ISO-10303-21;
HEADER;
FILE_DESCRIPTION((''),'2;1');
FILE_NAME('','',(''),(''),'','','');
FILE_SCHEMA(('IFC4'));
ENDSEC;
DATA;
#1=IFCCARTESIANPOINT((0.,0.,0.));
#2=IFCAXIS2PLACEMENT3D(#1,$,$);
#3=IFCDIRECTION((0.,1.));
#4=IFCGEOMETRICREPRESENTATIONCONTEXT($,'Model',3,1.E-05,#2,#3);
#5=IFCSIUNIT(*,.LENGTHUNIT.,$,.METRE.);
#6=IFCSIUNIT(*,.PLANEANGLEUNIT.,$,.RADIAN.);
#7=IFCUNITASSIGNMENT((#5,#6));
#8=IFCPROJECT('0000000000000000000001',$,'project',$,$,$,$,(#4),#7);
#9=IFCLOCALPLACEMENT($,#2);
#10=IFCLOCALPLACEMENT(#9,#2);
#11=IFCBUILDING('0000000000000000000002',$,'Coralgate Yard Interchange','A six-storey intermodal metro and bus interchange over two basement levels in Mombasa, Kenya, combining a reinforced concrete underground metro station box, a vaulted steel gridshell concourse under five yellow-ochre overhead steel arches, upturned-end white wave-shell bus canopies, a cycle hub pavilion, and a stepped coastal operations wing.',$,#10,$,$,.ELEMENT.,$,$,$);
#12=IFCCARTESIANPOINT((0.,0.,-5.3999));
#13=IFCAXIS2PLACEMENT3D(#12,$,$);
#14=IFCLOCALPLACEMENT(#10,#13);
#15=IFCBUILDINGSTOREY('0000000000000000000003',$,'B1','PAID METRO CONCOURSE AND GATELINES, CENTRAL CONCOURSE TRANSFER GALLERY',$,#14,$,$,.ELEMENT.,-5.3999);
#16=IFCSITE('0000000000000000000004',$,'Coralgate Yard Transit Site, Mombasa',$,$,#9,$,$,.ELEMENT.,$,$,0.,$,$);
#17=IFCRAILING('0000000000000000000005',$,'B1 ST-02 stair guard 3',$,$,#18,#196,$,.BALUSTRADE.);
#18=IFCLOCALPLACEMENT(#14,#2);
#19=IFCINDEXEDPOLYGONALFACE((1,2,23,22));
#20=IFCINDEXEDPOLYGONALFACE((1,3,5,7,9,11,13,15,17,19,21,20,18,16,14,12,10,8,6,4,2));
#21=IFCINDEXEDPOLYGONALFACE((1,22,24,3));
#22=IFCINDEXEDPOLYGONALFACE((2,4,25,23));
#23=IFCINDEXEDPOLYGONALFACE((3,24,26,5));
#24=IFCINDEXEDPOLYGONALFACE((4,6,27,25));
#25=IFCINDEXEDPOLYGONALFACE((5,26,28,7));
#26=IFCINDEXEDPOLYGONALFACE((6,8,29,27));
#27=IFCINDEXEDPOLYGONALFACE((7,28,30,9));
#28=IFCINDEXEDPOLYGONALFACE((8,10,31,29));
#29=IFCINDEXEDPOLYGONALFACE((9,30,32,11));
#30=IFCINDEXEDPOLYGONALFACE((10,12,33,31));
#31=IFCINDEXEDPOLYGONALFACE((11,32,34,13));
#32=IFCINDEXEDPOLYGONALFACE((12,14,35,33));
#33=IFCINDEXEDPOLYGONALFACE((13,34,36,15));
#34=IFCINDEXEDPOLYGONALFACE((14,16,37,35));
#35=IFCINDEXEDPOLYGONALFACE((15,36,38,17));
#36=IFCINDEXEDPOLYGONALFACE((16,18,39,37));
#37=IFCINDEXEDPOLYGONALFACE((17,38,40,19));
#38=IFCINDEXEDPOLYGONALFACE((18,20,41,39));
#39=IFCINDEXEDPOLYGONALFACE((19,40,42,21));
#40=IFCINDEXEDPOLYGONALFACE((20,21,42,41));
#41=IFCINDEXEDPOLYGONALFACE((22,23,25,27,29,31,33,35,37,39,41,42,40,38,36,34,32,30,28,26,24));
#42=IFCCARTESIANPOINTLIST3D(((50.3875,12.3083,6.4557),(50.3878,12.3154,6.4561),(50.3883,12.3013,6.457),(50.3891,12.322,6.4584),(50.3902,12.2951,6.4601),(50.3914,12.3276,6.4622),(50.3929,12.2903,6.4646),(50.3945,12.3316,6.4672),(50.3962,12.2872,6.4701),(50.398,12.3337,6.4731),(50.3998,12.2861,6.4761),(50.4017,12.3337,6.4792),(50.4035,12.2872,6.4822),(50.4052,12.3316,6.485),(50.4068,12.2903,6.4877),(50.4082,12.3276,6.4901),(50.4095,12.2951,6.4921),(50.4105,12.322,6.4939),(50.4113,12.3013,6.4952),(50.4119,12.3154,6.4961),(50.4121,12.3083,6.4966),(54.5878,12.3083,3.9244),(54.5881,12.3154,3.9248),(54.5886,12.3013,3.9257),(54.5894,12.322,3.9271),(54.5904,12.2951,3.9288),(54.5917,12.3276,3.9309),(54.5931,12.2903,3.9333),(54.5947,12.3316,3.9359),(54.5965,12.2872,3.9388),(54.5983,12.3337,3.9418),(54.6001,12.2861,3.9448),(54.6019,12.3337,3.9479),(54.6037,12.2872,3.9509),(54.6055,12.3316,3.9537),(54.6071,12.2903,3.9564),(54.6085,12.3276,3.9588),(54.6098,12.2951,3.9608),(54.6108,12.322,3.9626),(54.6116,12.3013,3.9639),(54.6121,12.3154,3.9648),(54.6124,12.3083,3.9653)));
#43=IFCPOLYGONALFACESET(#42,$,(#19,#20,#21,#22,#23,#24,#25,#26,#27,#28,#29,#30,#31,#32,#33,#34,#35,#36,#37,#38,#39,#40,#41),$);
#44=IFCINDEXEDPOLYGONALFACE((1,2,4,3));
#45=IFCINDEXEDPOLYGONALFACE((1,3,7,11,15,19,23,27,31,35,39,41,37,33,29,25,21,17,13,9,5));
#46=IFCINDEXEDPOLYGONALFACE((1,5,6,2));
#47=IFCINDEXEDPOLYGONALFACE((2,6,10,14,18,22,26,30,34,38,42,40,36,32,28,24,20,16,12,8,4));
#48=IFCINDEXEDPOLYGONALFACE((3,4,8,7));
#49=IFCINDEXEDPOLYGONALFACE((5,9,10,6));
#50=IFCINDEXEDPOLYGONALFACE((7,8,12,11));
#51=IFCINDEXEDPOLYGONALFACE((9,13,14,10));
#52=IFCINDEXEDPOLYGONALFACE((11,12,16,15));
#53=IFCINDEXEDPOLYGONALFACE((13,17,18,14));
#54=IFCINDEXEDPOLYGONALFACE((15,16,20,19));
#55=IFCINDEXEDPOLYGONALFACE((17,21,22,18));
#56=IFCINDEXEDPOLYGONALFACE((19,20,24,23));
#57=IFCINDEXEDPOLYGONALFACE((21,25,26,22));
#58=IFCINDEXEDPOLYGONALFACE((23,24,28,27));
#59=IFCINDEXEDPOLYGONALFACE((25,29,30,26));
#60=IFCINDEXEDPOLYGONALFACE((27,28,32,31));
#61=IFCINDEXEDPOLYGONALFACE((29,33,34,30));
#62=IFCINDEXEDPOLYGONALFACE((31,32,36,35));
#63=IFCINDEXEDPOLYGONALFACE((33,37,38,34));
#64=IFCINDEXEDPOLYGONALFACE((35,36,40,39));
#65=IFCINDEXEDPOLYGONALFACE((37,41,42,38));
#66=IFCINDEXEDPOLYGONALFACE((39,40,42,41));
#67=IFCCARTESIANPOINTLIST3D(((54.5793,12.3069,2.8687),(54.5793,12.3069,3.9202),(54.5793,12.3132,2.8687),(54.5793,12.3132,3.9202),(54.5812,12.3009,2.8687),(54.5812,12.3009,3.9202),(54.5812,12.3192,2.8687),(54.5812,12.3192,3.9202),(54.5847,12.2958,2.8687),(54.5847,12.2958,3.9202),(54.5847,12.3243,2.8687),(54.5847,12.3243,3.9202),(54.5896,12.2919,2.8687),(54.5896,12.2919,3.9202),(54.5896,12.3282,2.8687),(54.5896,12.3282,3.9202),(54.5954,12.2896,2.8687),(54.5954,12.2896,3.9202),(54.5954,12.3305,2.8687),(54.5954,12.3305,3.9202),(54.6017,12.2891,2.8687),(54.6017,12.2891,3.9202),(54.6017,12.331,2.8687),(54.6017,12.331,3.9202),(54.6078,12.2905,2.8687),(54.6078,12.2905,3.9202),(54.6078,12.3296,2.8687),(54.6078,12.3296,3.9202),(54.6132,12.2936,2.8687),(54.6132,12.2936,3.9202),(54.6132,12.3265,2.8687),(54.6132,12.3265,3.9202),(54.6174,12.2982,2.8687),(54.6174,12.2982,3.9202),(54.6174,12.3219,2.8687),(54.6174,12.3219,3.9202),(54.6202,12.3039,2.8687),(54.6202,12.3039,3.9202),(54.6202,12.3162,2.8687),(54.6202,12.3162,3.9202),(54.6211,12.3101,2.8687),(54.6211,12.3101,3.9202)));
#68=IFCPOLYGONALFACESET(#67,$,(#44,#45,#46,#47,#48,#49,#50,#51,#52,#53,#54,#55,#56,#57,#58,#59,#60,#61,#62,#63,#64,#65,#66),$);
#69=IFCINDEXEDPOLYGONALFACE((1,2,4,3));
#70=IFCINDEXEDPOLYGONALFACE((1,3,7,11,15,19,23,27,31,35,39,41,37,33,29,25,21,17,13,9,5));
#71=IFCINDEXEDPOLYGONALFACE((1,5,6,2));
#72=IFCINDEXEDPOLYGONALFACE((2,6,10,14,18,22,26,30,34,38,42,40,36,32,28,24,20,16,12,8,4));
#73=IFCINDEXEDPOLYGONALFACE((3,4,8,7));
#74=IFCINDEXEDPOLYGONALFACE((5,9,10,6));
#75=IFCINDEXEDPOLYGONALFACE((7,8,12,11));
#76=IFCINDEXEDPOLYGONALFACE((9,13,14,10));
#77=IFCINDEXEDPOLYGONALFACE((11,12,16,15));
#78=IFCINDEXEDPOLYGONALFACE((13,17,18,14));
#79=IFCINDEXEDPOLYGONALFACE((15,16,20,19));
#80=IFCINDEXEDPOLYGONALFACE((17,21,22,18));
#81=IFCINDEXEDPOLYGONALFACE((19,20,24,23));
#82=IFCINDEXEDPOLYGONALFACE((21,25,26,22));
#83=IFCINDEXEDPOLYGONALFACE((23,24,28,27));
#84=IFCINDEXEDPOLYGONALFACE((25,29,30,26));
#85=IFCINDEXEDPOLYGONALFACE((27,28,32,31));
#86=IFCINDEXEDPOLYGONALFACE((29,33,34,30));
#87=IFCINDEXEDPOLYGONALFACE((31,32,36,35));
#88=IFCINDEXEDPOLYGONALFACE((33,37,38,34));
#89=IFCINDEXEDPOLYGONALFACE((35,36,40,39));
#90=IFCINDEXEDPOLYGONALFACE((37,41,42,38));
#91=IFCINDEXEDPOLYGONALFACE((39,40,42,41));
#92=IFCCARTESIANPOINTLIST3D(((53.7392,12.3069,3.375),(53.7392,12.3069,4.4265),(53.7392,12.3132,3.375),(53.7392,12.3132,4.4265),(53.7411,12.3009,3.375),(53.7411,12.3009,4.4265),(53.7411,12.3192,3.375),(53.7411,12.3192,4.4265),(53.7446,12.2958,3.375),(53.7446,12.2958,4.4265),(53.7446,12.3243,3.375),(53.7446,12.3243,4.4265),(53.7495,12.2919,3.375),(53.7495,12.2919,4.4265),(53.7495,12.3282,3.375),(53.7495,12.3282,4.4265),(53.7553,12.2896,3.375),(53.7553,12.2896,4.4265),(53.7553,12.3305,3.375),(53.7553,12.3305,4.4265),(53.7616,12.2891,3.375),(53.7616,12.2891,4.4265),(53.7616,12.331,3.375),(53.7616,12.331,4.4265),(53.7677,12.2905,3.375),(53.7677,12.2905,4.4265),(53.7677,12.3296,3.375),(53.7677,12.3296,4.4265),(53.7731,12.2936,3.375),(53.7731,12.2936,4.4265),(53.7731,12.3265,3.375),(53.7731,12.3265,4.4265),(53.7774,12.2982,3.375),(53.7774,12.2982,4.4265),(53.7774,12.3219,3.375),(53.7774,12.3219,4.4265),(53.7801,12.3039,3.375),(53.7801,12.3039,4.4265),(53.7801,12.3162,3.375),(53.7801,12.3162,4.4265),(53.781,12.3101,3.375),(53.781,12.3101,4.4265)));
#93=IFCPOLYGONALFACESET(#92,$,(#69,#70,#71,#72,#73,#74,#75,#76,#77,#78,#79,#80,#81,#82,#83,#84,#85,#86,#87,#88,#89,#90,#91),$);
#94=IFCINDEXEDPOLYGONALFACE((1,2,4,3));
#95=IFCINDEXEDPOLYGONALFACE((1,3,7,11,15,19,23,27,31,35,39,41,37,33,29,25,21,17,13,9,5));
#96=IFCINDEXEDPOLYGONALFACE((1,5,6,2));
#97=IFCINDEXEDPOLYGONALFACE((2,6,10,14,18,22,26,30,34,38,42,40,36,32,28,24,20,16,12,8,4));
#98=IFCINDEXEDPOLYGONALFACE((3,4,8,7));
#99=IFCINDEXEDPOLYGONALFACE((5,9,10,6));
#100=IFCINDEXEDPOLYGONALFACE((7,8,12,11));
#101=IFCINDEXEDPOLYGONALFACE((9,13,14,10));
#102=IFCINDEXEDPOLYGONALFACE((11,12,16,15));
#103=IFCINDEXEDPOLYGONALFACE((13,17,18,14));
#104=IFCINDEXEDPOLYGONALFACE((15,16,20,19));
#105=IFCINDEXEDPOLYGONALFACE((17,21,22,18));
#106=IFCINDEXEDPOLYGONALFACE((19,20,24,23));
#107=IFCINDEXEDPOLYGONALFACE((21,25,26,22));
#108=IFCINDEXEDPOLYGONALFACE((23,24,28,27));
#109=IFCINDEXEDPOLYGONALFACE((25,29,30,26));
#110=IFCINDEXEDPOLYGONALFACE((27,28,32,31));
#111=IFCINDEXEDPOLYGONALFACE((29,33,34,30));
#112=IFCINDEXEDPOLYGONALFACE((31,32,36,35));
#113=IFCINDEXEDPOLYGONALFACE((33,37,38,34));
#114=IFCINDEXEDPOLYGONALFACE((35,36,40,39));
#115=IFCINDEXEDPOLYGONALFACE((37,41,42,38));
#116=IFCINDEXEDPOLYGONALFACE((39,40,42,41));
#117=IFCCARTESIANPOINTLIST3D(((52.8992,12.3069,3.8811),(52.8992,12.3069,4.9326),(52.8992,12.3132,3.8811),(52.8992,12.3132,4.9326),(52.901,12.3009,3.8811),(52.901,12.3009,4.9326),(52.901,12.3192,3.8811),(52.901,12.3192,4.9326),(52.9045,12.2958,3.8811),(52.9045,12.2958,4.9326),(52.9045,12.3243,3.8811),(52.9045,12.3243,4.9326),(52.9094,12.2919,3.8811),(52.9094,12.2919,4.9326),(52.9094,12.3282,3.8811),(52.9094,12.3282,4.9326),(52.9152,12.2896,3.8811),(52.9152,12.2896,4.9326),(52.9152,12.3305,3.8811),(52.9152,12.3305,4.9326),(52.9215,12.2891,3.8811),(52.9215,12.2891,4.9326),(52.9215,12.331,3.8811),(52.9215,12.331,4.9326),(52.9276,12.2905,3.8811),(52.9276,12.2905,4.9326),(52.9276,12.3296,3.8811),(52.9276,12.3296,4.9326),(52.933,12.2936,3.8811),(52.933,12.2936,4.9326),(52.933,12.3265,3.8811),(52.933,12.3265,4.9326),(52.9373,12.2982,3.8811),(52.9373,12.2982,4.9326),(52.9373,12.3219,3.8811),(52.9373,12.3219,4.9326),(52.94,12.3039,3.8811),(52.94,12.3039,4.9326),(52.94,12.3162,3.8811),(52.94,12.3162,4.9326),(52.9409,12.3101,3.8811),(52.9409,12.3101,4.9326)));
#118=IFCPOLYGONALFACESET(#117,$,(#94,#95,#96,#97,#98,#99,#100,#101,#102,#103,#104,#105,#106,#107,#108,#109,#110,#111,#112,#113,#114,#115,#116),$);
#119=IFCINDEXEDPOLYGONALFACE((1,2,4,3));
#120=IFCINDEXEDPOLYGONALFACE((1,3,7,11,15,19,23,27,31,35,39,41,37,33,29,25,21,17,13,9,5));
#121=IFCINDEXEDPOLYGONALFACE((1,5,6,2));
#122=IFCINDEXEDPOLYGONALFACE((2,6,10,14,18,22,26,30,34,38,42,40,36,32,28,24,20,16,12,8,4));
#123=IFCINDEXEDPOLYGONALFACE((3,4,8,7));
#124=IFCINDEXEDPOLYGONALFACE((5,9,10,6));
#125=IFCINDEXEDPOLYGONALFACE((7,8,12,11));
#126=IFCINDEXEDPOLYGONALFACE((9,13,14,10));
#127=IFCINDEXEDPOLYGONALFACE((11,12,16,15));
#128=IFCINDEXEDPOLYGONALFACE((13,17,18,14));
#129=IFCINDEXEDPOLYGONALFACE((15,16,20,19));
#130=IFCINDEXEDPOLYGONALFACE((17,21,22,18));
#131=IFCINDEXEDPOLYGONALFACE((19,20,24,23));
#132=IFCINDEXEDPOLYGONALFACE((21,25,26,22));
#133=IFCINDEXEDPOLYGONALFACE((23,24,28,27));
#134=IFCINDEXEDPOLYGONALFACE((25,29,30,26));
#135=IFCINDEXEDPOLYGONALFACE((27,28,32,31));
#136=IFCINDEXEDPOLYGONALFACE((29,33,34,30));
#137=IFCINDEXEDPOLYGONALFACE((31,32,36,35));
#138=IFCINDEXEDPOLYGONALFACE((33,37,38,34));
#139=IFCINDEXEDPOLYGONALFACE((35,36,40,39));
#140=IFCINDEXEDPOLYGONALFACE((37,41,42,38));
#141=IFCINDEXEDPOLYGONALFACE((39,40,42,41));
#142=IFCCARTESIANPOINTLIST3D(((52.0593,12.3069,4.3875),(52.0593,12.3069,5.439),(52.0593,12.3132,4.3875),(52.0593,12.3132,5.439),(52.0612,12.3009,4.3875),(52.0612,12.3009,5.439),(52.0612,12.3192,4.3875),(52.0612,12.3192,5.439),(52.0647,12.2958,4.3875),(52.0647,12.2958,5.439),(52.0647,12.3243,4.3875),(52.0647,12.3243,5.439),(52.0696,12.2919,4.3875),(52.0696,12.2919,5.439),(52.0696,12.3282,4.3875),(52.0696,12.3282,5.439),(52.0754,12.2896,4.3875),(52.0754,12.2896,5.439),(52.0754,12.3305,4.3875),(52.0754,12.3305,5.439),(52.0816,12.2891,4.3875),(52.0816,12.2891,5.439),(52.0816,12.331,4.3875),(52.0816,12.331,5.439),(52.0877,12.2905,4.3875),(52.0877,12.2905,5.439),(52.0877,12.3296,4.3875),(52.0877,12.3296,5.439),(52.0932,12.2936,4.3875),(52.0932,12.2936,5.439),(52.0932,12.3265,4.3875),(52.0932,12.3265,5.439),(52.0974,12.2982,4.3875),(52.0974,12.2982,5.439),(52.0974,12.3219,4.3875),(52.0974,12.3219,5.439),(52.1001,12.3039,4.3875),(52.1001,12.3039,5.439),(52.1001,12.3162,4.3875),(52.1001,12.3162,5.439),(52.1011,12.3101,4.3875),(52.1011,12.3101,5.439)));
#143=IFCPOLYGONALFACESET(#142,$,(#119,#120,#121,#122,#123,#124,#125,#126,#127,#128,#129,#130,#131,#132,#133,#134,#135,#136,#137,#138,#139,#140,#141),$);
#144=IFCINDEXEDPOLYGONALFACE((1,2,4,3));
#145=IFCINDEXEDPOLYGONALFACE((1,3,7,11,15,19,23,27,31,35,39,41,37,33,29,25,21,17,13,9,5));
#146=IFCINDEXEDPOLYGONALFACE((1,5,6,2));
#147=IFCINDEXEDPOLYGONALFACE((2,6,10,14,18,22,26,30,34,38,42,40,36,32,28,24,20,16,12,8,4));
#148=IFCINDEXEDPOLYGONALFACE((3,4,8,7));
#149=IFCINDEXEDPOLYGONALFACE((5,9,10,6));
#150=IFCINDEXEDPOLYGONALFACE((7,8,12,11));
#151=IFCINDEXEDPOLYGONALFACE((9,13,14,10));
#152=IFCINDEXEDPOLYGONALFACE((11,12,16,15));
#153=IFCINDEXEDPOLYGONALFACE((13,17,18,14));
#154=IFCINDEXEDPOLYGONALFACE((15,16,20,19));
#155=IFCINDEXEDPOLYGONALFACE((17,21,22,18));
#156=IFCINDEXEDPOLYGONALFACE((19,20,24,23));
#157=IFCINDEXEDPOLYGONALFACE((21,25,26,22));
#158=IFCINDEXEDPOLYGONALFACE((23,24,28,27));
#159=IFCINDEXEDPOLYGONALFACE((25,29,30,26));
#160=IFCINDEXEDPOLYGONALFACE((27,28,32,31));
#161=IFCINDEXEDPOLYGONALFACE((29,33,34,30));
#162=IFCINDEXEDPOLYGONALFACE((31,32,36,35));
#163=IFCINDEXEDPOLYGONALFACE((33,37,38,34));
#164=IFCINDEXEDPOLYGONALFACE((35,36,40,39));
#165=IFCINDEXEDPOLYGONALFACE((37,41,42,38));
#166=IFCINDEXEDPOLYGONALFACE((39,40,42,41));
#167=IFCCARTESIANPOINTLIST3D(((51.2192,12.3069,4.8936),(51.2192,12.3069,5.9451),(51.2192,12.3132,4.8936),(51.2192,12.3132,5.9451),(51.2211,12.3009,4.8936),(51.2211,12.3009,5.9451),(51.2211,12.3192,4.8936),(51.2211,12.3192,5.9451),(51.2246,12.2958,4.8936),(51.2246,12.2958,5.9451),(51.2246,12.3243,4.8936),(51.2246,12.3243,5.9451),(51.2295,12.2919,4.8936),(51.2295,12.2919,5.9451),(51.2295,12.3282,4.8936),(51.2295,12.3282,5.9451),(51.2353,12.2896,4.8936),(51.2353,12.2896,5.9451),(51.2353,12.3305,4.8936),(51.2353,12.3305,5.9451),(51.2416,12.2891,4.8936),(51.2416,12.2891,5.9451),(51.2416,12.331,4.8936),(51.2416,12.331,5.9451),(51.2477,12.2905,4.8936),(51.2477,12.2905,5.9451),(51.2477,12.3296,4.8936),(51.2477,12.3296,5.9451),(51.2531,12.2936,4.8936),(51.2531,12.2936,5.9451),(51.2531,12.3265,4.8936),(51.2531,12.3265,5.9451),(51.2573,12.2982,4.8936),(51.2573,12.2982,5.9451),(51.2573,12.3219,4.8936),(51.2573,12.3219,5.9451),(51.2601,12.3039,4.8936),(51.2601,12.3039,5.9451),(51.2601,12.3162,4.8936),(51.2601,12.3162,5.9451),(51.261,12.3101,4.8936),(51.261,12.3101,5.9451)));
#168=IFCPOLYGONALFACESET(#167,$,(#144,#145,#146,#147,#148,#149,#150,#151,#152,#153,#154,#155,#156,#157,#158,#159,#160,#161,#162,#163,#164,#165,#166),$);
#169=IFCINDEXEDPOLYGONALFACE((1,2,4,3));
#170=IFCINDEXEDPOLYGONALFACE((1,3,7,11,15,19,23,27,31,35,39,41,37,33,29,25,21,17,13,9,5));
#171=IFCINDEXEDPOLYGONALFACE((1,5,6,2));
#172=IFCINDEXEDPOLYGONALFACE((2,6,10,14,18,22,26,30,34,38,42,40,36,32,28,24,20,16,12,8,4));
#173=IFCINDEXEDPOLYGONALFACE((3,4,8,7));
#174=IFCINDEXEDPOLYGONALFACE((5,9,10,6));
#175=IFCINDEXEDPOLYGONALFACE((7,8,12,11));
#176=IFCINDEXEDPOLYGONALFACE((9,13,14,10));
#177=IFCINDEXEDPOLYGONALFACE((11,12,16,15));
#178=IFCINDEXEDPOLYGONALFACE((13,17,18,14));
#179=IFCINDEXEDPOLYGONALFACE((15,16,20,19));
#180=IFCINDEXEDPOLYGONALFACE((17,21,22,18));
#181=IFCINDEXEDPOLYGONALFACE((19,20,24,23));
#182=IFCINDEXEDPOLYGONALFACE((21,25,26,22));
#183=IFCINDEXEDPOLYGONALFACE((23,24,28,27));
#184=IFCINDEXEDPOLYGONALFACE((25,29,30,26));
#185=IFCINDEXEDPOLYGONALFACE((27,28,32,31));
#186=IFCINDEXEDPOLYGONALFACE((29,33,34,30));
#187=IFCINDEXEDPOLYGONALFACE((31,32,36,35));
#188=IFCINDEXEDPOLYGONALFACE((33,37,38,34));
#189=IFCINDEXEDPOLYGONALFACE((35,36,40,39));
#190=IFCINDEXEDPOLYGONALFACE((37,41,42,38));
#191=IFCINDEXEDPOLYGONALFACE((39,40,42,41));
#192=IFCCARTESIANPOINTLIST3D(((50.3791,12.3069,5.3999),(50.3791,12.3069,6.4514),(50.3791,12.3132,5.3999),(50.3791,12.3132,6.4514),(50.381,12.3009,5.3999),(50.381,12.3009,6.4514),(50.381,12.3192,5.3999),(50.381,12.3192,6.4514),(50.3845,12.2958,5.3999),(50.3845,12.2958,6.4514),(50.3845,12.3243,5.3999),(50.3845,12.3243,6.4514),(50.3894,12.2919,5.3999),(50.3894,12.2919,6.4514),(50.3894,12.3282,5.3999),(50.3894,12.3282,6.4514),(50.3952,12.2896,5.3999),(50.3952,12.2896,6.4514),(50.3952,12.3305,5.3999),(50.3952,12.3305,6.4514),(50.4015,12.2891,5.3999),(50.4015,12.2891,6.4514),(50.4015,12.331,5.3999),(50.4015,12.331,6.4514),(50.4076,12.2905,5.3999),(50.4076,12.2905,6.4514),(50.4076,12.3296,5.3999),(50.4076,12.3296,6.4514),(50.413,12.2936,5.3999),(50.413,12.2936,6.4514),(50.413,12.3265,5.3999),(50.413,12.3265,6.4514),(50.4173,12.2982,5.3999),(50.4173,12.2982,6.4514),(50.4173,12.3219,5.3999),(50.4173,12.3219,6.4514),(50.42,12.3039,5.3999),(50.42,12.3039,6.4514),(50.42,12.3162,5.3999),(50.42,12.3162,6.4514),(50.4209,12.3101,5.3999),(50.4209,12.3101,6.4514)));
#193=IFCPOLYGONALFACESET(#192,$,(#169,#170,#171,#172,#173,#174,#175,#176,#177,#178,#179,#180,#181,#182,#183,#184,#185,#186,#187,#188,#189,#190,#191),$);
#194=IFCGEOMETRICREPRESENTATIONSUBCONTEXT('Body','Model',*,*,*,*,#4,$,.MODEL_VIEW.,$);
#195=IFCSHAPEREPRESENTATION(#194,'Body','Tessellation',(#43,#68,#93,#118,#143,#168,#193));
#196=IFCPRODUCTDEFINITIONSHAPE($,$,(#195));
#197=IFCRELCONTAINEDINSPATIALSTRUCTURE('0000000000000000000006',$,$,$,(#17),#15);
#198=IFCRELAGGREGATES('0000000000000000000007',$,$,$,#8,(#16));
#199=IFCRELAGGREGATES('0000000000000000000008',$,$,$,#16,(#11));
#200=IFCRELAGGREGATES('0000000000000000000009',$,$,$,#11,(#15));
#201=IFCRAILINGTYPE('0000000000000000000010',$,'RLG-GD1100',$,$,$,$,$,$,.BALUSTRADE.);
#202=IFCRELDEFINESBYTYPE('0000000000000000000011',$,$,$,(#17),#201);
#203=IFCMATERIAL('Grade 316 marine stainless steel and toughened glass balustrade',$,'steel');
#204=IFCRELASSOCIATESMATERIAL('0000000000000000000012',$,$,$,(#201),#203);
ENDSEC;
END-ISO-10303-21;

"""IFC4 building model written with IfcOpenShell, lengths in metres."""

from ifc_helpers import new_model, si_unit, direction, frame, origin, origin_2d, place, context, subcontext, project, spatial, circle, extrude, material, type_object, element, save


model = new_model("IFC4")

# Units and contexts
model_context = context("Model", 3, precision=1e-05, world=origin(), true_north=direction((0.0, 1.0)))
body_context = subcontext(model_context, "Body", "Model", "MODEL_VIEW")
ifc_project = project(units=[si_unit("LENGTHUNIT", "METRE"), si_unit("PLANEANGLEUNIT", "RADIAN")], contexts=[model_context])

# Site, building, storey
site_placement = place(None, origin())
site = spatial("IfcSite", under=ifc_project, at=site_placement, Name="Coralgate Yard Transit Site, Mombasa", CompositionType="ELEMENT", RefElevation=0.0)
building_placement = place(site_placement, origin())
building = spatial("IfcBuilding", under=site, at=building_placement, Name="Coralgate Yard Interchange", Description="A six-storey intermodal metro and bus interchange over two basement levels in Mombasa, Kenya, combining a reinforced concrete underground metro station box, a vaulted steel gridshell concourse under five yellow-ochre overhead steel arches, upturned-end white wave-shell bus canopies, a cycle hub pavilion, and a stepped coastal operations wing.", CompositionType="ELEMENT")
storey_placement = place(building_placement, frame((0.0, 0.0, -5.3999)))
storey = spatial("IfcBuildingStorey", under=building, at=storey_placement, Name="B1", Description="PAID METRO CONCOURSE AND GATELINES, CENTRAL CONCOURSE TRANSFER GALLERY", CompositionType="ELEMENT", Elevation=-5.3999)

# Railing
ifc_material_1 = material(Name="Grade 316 marine stainless steel and toughened glass balustrade", Category="steel")
railing_type_1 = type_object("IfcRailingType", Name="RLG-GD1100", PredefinedType="BALUSTRADE", material=ifc_material_1)
railing_1_placement = place(storey_placement, frame((54.6001, 12.3101, 2.8687)))
element("IfcRailing", 1, at=railing_1_placement, inside=storey, type_object=railing_type_1, Name="B1 ST-02 stair guard 3", PredefinedType="BALUSTRADE", context=body_context, shape_type="SweptSolid", body=[
    extrude(circle(Radius=0.0239, at=origin_2d()), frame((0.0, 0.0, 1.0762), z_axis=(-0.85649, 0.0, 0.516164), x_axis=(0.0, -1.0, 0.0)), (0.0, 0.0, 1.0), 4.9041),
    extrude(circle(Radius=0.021, at=origin_2d()), origin(), (0.0, 0.0, 1.0), 1.0515),
    extrude(circle(Radius=0.021, at=origin_2d()), frame((-0.8401, 0.0, 0.5063)), (0.0, 0.0, 1.0), 1.0515),
    extrude(circle(Radius=0.021, at=origin_2d()), frame((-1.6802, 0.0, 1.0125)), (0.0, 0.0, 1.0), 1.0515),
    extrude(circle(Radius=0.021, at=origin_2d()), frame((-2.52, 0.0, 1.5188)), (0.0, 0.0, 1.0), 1.0515),
    extrude(circle(Radius=0.021, at=origin_2d()), frame((-3.3601, 0.0, 2.0249)), (0.0, 0.0, 1.0), 1.0515),
    extrude(circle(Radius=0.021, at=origin_2d()), frame((-4.2002, 0.0, 2.5312)), (0.0, 0.0, 1.0), 1.0515),
])

save(model, "model.ifc")
